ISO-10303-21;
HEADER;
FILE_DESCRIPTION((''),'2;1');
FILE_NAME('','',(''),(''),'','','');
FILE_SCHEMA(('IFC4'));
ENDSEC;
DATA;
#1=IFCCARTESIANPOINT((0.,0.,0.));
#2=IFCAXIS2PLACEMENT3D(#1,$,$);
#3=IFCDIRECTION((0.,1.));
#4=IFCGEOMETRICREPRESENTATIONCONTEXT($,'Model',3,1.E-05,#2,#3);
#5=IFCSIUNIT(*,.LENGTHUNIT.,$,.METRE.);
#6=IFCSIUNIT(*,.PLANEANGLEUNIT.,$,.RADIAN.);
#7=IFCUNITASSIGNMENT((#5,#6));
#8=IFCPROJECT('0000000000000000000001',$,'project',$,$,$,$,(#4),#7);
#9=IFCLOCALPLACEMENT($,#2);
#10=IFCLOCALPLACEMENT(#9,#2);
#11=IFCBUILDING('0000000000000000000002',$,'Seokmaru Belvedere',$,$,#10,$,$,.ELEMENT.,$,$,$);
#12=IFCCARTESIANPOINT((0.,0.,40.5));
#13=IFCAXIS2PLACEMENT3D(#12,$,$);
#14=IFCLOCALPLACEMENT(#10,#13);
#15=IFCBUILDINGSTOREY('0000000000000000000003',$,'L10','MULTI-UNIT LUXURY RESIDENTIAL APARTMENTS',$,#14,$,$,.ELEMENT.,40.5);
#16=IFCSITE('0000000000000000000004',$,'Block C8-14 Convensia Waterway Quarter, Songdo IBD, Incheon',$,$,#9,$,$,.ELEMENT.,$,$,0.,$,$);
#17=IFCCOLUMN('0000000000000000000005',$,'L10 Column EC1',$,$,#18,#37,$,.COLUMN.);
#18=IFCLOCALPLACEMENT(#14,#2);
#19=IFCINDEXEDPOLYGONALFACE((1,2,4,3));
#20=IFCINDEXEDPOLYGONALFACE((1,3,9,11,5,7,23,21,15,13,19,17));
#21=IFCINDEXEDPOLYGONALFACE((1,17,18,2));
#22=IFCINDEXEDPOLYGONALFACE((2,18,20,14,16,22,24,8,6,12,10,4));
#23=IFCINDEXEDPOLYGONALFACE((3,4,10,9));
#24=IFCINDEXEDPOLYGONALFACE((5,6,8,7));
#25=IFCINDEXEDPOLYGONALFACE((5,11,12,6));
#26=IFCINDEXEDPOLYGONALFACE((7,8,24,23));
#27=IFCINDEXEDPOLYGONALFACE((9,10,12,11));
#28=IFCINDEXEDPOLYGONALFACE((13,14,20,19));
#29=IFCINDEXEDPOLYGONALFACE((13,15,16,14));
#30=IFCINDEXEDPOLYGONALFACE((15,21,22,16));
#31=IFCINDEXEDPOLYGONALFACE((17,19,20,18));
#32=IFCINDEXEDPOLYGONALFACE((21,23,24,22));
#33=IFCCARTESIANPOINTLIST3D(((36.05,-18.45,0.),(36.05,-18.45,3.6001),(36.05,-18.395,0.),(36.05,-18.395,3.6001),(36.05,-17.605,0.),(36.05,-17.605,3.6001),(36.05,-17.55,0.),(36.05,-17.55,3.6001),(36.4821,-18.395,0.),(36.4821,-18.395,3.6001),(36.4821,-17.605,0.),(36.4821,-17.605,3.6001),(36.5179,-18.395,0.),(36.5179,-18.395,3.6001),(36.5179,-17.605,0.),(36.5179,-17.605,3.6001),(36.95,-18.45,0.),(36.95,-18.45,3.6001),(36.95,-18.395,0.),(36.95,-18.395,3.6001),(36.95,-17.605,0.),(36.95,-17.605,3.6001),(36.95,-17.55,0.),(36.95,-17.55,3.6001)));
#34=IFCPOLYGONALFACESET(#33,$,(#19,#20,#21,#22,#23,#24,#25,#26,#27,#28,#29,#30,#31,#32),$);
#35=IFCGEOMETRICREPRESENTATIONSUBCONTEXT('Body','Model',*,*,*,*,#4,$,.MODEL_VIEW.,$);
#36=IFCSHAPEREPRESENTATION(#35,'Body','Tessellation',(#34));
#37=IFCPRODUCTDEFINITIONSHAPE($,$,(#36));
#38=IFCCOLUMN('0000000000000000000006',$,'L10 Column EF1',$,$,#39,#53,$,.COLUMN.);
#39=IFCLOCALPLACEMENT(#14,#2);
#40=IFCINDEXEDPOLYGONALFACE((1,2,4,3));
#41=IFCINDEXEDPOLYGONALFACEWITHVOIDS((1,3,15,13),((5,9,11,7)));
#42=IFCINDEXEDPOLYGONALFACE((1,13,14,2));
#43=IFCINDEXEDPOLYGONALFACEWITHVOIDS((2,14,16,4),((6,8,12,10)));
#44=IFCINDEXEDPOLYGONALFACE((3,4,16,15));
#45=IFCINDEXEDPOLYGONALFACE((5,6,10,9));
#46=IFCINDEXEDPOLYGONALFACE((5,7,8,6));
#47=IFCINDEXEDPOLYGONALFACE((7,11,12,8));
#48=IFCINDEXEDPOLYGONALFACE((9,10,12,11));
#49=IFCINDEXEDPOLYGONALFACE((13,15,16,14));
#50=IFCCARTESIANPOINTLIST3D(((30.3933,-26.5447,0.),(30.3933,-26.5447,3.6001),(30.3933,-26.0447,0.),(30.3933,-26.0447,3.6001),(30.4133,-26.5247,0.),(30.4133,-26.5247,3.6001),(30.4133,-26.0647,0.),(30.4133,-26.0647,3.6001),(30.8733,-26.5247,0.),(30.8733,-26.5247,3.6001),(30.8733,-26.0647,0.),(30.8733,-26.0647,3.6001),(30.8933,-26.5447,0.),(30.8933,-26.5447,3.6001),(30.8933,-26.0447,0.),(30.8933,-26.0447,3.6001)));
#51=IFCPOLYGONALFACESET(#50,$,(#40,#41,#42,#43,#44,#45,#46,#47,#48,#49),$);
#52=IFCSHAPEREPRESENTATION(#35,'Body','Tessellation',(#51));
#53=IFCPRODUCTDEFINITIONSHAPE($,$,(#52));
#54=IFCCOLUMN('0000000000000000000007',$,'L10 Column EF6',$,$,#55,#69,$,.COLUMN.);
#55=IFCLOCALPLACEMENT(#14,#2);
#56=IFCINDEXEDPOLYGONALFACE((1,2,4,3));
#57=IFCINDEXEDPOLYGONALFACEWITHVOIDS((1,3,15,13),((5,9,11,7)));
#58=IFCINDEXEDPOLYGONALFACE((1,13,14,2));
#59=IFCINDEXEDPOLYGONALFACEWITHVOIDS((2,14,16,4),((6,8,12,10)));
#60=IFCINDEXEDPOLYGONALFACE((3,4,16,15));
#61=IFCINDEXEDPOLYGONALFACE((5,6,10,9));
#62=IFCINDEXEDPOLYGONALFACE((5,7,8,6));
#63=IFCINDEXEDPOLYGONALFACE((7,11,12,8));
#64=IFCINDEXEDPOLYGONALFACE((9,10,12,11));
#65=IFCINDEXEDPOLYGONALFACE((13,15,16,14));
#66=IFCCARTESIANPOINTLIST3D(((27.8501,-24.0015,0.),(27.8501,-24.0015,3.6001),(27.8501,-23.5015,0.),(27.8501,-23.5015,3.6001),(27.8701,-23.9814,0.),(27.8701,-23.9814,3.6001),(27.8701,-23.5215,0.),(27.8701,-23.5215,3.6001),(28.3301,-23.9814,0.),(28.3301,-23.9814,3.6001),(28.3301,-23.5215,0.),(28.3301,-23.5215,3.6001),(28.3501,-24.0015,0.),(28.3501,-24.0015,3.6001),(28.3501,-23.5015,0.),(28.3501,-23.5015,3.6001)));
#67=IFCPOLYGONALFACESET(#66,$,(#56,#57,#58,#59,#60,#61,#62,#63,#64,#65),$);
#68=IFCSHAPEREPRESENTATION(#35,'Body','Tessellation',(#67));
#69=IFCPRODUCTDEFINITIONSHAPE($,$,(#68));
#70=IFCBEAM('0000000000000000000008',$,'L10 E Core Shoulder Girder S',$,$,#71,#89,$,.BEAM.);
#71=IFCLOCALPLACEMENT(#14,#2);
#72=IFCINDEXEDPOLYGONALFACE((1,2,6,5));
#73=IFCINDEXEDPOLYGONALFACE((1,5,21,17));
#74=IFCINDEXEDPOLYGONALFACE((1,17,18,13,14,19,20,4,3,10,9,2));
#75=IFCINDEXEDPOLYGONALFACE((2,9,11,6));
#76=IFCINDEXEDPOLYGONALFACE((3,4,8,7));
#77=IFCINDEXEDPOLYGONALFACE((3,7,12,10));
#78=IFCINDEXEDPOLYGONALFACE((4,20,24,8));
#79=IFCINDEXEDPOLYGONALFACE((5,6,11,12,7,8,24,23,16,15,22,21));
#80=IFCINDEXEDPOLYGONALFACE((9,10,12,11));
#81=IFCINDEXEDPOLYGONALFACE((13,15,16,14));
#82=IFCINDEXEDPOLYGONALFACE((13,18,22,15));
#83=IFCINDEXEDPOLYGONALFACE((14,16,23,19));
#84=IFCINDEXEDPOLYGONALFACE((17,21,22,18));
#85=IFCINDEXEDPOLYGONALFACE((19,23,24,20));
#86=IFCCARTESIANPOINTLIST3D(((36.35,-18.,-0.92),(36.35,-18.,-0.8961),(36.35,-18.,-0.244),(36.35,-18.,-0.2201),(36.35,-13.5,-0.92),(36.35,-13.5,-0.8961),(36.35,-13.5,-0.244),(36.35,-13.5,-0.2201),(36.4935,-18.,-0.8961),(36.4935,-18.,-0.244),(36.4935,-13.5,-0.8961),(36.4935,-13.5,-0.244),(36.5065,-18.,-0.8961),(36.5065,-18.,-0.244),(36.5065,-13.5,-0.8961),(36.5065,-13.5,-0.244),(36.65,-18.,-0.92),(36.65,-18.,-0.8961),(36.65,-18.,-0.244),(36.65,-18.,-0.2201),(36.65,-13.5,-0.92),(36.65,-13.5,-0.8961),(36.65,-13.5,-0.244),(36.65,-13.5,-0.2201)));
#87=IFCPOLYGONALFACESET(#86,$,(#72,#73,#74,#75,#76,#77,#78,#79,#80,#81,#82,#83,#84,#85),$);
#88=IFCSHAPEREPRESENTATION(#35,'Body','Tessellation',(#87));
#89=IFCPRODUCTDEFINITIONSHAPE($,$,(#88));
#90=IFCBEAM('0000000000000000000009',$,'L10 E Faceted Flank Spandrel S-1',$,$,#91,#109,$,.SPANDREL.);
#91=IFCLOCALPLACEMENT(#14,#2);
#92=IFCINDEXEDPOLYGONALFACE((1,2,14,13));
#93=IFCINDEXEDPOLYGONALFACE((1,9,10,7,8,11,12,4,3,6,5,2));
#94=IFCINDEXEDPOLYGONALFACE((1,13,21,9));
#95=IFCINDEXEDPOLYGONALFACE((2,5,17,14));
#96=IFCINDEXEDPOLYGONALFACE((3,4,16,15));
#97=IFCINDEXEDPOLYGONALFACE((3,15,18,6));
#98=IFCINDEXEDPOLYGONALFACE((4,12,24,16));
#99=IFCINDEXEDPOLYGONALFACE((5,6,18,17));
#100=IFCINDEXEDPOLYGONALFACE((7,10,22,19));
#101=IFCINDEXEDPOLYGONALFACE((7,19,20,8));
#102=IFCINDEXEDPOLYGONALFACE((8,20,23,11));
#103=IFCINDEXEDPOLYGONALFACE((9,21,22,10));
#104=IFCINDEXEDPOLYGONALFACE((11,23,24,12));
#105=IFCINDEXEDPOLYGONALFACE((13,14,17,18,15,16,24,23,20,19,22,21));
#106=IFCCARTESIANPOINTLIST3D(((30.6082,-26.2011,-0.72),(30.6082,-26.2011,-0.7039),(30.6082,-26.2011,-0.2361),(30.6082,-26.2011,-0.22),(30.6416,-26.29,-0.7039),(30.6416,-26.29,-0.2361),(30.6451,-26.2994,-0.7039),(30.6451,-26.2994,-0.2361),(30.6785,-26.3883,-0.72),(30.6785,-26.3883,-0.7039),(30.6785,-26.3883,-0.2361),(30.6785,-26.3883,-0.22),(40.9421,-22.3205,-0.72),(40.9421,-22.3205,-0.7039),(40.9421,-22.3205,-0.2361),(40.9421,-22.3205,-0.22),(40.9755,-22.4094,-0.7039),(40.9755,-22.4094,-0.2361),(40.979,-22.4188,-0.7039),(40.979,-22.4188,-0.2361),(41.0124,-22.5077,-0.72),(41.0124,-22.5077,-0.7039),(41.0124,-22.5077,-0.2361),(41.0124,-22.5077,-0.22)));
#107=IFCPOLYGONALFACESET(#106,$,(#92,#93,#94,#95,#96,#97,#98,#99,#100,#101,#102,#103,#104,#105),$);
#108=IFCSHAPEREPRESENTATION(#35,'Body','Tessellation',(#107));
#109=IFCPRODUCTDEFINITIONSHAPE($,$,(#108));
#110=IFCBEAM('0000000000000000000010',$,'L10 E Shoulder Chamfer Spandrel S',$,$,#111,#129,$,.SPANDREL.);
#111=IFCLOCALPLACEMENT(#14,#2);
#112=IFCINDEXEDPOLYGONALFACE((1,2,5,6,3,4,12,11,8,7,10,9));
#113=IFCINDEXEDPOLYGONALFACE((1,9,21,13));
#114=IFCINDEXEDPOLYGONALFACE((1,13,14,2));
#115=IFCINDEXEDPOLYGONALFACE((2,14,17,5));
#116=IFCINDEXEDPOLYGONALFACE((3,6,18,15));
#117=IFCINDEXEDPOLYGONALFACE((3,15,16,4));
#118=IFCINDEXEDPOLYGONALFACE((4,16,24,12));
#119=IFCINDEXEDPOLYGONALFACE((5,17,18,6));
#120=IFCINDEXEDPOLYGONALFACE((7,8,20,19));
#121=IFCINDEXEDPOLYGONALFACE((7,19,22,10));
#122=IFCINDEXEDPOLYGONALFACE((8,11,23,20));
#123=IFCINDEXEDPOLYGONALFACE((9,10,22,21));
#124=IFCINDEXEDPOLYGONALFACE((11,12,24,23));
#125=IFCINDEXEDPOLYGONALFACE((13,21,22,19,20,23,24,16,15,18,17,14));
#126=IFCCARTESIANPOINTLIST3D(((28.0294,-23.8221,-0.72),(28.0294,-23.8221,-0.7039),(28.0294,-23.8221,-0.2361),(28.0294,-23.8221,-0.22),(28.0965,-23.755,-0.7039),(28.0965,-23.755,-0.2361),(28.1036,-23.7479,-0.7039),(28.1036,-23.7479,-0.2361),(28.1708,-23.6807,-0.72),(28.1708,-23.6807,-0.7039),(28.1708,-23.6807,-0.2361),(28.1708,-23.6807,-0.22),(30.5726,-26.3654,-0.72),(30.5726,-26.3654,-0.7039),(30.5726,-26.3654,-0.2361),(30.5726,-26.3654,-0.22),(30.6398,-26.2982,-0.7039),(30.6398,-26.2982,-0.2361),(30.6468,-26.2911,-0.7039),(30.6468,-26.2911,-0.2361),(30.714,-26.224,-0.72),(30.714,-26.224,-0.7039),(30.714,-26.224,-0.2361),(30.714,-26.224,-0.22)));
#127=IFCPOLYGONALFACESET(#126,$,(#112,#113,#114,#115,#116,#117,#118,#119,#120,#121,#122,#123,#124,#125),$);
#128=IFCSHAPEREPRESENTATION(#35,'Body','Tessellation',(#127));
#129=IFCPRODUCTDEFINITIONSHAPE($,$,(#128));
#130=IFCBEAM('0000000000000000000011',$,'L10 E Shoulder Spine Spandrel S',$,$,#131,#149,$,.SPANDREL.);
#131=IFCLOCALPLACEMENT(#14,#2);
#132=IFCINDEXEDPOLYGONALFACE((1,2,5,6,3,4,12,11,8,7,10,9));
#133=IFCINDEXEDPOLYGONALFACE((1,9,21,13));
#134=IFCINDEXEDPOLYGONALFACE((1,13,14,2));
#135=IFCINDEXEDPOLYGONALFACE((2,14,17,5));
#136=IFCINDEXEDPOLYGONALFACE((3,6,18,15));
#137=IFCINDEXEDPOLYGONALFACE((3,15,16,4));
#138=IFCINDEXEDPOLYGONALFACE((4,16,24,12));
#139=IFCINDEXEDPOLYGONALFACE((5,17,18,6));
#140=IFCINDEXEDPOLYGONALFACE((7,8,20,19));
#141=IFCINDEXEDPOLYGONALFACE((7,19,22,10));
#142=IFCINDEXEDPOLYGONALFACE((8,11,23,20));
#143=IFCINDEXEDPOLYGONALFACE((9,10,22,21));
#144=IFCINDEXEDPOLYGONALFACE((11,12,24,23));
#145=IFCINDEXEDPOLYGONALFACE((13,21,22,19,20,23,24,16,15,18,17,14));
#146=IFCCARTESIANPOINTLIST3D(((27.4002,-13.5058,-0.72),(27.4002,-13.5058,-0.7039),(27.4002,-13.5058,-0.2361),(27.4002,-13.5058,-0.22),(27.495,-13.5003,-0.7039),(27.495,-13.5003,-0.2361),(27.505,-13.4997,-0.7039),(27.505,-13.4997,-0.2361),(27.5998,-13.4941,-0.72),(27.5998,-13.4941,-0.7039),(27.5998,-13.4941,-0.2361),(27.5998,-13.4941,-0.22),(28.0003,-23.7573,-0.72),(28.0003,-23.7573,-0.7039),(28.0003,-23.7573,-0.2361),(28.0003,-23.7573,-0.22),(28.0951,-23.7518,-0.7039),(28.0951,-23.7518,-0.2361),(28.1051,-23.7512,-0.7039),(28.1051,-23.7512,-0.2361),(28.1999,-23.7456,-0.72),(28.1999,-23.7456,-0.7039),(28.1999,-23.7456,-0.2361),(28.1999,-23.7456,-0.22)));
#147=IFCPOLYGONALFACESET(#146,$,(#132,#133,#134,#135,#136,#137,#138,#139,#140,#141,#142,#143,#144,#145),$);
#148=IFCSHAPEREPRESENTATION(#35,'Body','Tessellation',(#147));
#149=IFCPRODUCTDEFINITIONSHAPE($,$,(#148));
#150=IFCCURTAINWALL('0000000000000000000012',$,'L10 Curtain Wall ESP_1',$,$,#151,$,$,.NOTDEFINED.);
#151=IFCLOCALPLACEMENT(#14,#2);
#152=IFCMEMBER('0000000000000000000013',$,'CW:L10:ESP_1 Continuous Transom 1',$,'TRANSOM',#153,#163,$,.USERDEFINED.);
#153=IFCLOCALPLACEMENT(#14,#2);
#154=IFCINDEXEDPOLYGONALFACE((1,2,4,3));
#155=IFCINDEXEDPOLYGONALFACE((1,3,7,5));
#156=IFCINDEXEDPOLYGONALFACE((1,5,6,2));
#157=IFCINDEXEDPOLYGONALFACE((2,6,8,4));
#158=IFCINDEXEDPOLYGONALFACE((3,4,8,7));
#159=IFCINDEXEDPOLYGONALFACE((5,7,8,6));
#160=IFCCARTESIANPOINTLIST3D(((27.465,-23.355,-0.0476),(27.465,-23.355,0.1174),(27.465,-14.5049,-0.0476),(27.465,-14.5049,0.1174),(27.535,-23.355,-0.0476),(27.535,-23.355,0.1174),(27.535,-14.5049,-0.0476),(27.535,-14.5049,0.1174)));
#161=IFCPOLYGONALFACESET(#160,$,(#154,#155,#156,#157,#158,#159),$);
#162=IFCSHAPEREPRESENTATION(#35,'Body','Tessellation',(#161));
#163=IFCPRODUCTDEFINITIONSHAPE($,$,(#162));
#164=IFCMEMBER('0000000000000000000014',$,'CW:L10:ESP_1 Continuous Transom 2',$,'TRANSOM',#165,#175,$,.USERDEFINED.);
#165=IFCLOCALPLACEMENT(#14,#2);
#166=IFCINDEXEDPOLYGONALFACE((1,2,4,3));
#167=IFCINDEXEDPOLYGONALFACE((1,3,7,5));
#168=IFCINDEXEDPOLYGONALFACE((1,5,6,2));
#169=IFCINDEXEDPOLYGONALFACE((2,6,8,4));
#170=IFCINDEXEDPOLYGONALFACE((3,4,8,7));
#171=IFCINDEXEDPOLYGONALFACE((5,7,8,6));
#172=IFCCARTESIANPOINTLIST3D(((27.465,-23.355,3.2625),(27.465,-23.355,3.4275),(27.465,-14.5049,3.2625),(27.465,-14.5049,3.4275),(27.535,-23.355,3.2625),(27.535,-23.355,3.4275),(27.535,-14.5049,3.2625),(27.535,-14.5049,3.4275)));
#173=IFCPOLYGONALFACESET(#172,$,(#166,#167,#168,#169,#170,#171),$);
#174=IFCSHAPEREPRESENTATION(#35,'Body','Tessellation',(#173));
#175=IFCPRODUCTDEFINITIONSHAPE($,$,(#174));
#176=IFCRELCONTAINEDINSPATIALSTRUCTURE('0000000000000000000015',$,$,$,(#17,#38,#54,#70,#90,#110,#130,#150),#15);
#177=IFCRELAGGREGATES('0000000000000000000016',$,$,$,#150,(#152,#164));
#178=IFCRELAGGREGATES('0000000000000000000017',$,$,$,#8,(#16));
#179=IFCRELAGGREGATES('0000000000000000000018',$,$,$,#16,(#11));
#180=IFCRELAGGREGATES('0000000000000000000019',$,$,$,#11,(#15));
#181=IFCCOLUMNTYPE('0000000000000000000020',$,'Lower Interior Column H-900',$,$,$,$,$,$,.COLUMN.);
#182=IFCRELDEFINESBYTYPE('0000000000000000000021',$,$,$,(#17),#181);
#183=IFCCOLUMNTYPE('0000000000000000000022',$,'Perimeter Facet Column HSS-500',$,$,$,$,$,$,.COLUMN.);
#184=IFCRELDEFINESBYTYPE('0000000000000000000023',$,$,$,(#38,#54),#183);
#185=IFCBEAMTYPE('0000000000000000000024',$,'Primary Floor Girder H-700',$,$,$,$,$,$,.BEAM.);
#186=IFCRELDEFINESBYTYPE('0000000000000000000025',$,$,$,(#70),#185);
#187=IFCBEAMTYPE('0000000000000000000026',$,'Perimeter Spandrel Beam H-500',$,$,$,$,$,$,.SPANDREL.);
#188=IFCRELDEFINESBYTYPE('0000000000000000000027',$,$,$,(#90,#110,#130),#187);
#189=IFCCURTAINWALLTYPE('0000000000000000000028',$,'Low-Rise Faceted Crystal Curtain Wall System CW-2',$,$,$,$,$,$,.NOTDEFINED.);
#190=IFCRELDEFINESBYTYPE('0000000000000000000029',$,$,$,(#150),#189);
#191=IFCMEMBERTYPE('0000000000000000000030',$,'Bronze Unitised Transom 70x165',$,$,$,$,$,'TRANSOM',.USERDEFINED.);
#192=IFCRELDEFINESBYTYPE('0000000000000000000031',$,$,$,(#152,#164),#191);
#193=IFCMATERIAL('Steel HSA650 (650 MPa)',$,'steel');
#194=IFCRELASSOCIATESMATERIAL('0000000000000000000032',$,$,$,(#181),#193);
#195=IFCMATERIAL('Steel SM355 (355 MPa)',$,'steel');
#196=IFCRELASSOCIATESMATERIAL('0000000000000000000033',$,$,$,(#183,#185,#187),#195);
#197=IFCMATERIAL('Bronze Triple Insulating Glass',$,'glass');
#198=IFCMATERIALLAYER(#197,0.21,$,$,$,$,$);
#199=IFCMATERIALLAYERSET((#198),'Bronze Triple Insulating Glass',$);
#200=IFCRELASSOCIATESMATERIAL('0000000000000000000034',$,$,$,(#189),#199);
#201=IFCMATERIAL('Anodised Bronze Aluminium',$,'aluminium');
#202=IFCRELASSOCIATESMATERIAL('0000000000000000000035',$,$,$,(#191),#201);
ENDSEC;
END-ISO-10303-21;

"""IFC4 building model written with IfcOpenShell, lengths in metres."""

from ifc_helpers import new_model, si_unit, direction, frame, origin, origin_2d, place, context, subcontext, project, spatial, rectangle, hollow_rectangle, i_section, extrude, source, transform, mapped, material, layer, layer_set, material_profile, profile_set, type_object, type_shapes, element, aggregate, save


model = new_model("IFC4")

# Units and contexts
model_context = context("Model", 3, precision=1e-05, world=origin(), true_north=direction((0.0, 1.0)))
body_context = subcontext(model_context, "Body", "Model", "MODEL_VIEW")
ifc_project = project(units=[si_unit("LENGTHUNIT", "METRE"), si_unit("PLANEANGLEUNIT", "RADIAN")], contexts=[model_context])

# Site, building, storey
site_placement = place(None, origin())
site = spatial("IfcSite", under=ifc_project, at=site_placement, Name="Block C8-14 Convensia Waterway Quarter, Songdo IBD, Incheon", CompositionType="ELEMENT", RefElevation=0.0)
building_placement = place(site_placement, origin())
building = spatial("IfcBuilding", under=site, at=building_placement, Name="Seokmaru Belvedere", CompositionType="ELEMENT")
storey_placement = place(building_placement, frame((0.0, 0.0, 40.5)))
storey = spatial("IfcBuildingStorey", under=building, at=storey_placement, Name="L10", Description="MULTI-UNIT LUXURY RESIDENTIAL APARTMENTS", CompositionType="ELEMENT", Elevation=40.5)

# Columns
ifc_material_1 = material(Name="Steel HSA650 (650 MPa)", Category="steel")
ifc_material_profile_1 = material_profile(ifc_material_1, i_section(OverallWidth=0.8999, OverallDepth=0.8999, WebThickness=0.0359, FlangeThickness=0.0549, at=origin_2d()), Name="H-900x900x36x55")
ifc_profile_set_1 = profile_set([ifc_material_profile_1], Name="Steel HSA650 (650 MPa)")
column_type_1 = type_object("IfcColumnType", Name="Lower Interior Column H-900", PredefinedType="COLUMN", material=ifc_profile_set_1)
shared_shape_1 = source(origin(), body_context, "Body", "SweptSolid", [
    extrude(i_section(OverallWidth=0.8999, OverallDepth=0.8999, WebThickness=0.0359, FlangeThickness=0.0549, at=origin_2d()), origin(), (0.0, 0.0, 1.0), 3.6001),
])
type_shapes(column_type_1, [shared_shape_1])
column_placement = place(storey_placement, frame((36.5, -18.0, 0.0), z_axis=(0.0, 0.0, 1.0), x_axis=(1.0, 0.0, 0.0)))
element("IfcColumn", 1, at=column_placement, inside=storey, type_object=column_type_1, Name="L10 Column EC1", PredefinedType="COLUMN", context=body_context, shape_type="MappedRepresentation", body=[
    mapped(shared_shape_1, transform((0.0, 0.0, 0.0), scale=1.0)),
])
ifc_material_2 = material(Name="Steel SM355 (355 MPa)", Category="steel")
ifc_material_profile_2 = material_profile(ifc_material_2, hollow_rectangle(XDim=0.5, YDim=0.5, WallThickness=0.02, at=origin_2d()), Name="HSS-500x500x20")
ifc_profile_set_2 = profile_set([ifc_material_profile_2], Name="Steel SM355 (355 MPa)")
column_type_2 = type_object("IfcColumnType", Name="Perimeter Facet Column HSS-500", PredefinedType="COLUMN", material=ifc_profile_set_2)
shared_shape_2 = source(origin(), body_context, "Body", "SweptSolid", [
    extrude(hollow_rectangle(XDim=0.5, YDim=0.5, WallThickness=0.02, at=origin_2d()), origin(), (0.0, 0.0, 1.0), 3.6001),
])
type_shapes(column_type_2, [shared_shape_2])
for number, where, z_axis, x_axis, name in (
    (2, (30.6433, -26.2947, 0.0), (0.0, 0.0, 1.0), (1.0, 0.0, 0.0), "L10 Column EF1"),
    (3, (28.1001, -23.7515, 0.0), (0.0, 0.0, 1.0), (1.0, 0.0, 0.0), "L10 Column EF6"),
):
    element("IfcColumn", number, at=place(storey_placement, frame(where, z_axis=z_axis, x_axis=x_axis)), inside=storey, type_object=column_type_2, Name=name, PredefinedType="COLUMN", context=body_context, shape_type="MappedRepresentation", body=[
        mapped(shared_shape_2, transform((0.0, 0.0, 0.0), scale=1.0)),
    ])

# Beams
ifc_material_profile_3 = material_profile(ifc_material_2, i_section(OverallWidth=0.3, OverallDepth=0.7, WebThickness=0.0129, FlangeThickness=0.0239, at=origin_2d()), Name="H-700x300x13x24")
ifc_profile_set_3 = profile_set([ifc_material_profile_3], Name="Steel SM355 (355 MPa)")
beam_type_1 = type_object("IfcBeamType", Name="Primary Floor Girder H-700", PredefinedType="BEAM", material=ifc_profile_set_3)
shared_shape_3 = source(origin(), body_context, "Body", "SweptSolid", [
    extrude(i_section(OverallWidth=0.3, OverallDepth=0.7, WebThickness=0.0129, FlangeThickness=0.0239, at=origin_2d()), origin(), (0.0, 0.0, 1.0), 4.5),
])
type_shapes(beam_type_1, [shared_shape_3])
beam_1_placement = place(storey_placement, frame((36.5, -18.0, -0.5701), z_axis=(0.0, 1.0, 0.0), x_axis=(-1.0, 0.0, 0.0)))
element("IfcBeam", 4, at=beam_1_placement, inside=storey, type_object=beam_type_1, Name="L10 E Core Shoulder Girder S", PredefinedType="BEAM", context=body_context, shape_type="MappedRepresentation", body=[
    mapped(shared_shape_3, transform((0.0, 0.0, 0.0), scale=1.0)),
])
ifc_material_profile_4 = material_profile(ifc_material_2, i_section(OverallWidth=0.2, OverallDepth=0.5, WebThickness=0.01, FlangeThickness=0.0161, at=origin_2d()), Name="H-500x200x10x16")
ifc_profile_set_4 = profile_set([ifc_material_profile_4], Name="Steel SM355 (355 MPa)")
beam_type_2 = type_object("IfcBeamType", Name="Perimeter Spandrel Beam H-500", PredefinedType="SPANDREL", material=ifc_profile_set_4)
shared_shape_4 = source(origin(), body_context, "Body", "SweptSolid", [
    extrude(i_section(OverallWidth=0.2, OverallDepth=0.5, WebThickness=0.01, FlangeThickness=0.0161, at=origin_2d()), origin(), (0.0, 0.0, 1.0), 11.0386),
])
beam_2_placement = place(storey_placement, frame((30.6433, -26.2947, -0.47), z_axis=(0.936169, 0.35155, 0.0), x_axis=(-0.35155, 0.936169, 0.0)))
element("IfcBeam", 5, at=beam_2_placement, inside=storey, type_object=beam_type_2, Name="L10 E Faceted Flank Spandrel S-1", PredefinedType="SPANDREL", context=body_context, shape_type="MappedRepresentation", body=[
    mapped(shared_shape_4, transform((0.0, 0.0, 0.0), scale=1.0)),
])
shared_shape_5 = source(origin(), body_context, "Body", "SweptSolid", [
    extrude(i_section(OverallWidth=0.2, OverallDepth=0.5, WebThickness=0.01, FlangeThickness=0.0161, at=origin_2d()), origin(), (0.0, 0.0, 1.0), 3.5967),
])
beam_3_placement = place(storey_placement, frame((30.6433, -26.2947, -0.47), z_axis=(-0.707107, 0.707107, 0.0), x_axis=(-0.707107, -0.707107, 0.0)))
element("IfcBeam", 6, at=beam_3_placement, inside=storey, type_object=beam_type_2, Name="L10 E Shoulder Chamfer Spandrel S", PredefinedType="SPANDREL", context=body_context, shape_type="MappedRepresentation", body=[
    mapped(shared_shape_5, transform((0.0, 0.0, 0.0), scale=1.0)),
])
shared_shape_6 = source(origin(), body_context, "Body", "SweptSolid", [
    extrude(i_section(OverallWidth=0.2, OverallDepth=0.5, WebThickness=0.01, FlangeThickness=0.0161, at=origin_2d()), origin(), (0.0, 0.0, 1.0), 10.269),
])
type_shapes(beam_type_2, [shared_shape_4, shared_shape_5, shared_shape_6])
beam_4_placement = place(storey_placement, frame((28.1001, -23.7515, -0.47), z_axis=(-0.058438, 0.998291, 0.0), x_axis=(-0.998291, -0.058438, 0.0)))
element("IfcBeam", 7, at=beam_4_placement, inside=storey, type_object=beam_type_2, Name="L10 E Shoulder Spine Spandrel S", PredefinedType="SPANDREL", context=body_context, shape_type="MappedRepresentation", body=[
    mapped(shared_shape_6, transform((0.0, 0.0, 0.0), scale=1.0)),
])

# Curtain wall, members
ifc_material_3 = material(Name="Bronze Triple Insulating Glass", Category="glass")
ifc_layer_1 = layer(ifc_material_3, 0.21)
ifc_layer_set_1 = layer_set([ifc_layer_1], Name="Bronze Triple Insulating Glass")
curtain_wall_type = type_object("IfcCurtainWallType", Name="Low-Rise Faceted Crystal Curtain Wall System CW-2", PredefinedType="NOTDEFINED", material=ifc_layer_set_1)
curtain_wall_1_placement = place(storey_placement, origin())
curtain_wall_1 = element("IfcCurtainWall", 8, at=curtain_wall_1_placement, inside=storey, type_object=curtain_wall_type, Name="L10 Curtain Wall ESP_1", PredefinedType="NOTDEFINED")
ifc_material_4 = material(Name="Anodised Bronze Aluminium", Category="aluminium")
ifc_material_profile_5 = material_profile(ifc_material_4, rectangle(XDim=0.0701, YDim=0.165, at=origin_2d()), Name="CW-T-70x165")
ifc_profile_set_5 = profile_set([ifc_material_profile_5], Name="Anodised Bronze Aluminium")
member_type_1 = type_object("IfcMemberType", Name="Bronze Unitised Transom 70x165", ElementType="TRANSOM", PredefinedType="USERDEFINED", material=ifc_profile_set_5)
shared_shape_7 = source(origin(), body_context, "Body", "SweptSolid", [
    extrude(rectangle(XDim=0.0701, YDim=0.165, at=origin_2d()), origin(), (0.0, 0.0, 1.0), 8.8501),
])
member_1_placement = place(storey_placement, frame((27.5, -14.5049, 0.0349), z_axis=(0.0, -1.0, 0.0), x_axis=(1.0, 0.0, 0.0)))
member_1 = element("IfcMember", 9, at=member_1_placement, type_object=member_type_1, Name="CW:L10:ESP_1 Continuous Transom 1", ObjectType="TRANSOM", PredefinedType="USERDEFINED", context=body_context, shape_type="MappedRepresentation", body=[
    mapped(shared_shape_7, transform((0.0, 0.0, 0.0), scale=1.0)),
])
member_2_placement = place(storey_placement, frame((27.5, -14.5049, 3.345), z_axis=(0.0, -1.0, 0.0), x_axis=(1.0, 0.0, 0.0)))
member_2 = element("IfcMember", 10, at=member_2_placement, type_object=member_type_1, Name="CW:L10:ESP_1 Continuous Transom 2", ObjectType="TRANSOM", PredefinedType="USERDEFINED", context=body_context, shape_type="MappedRepresentation", body=[
    mapped(shared_shape_7, transform((0.0, 0.0, 0.0), scale=1.0)),
])

aggregate(curtain_wall_1, [member_1, member_2])

save(model, "model.ifc")
